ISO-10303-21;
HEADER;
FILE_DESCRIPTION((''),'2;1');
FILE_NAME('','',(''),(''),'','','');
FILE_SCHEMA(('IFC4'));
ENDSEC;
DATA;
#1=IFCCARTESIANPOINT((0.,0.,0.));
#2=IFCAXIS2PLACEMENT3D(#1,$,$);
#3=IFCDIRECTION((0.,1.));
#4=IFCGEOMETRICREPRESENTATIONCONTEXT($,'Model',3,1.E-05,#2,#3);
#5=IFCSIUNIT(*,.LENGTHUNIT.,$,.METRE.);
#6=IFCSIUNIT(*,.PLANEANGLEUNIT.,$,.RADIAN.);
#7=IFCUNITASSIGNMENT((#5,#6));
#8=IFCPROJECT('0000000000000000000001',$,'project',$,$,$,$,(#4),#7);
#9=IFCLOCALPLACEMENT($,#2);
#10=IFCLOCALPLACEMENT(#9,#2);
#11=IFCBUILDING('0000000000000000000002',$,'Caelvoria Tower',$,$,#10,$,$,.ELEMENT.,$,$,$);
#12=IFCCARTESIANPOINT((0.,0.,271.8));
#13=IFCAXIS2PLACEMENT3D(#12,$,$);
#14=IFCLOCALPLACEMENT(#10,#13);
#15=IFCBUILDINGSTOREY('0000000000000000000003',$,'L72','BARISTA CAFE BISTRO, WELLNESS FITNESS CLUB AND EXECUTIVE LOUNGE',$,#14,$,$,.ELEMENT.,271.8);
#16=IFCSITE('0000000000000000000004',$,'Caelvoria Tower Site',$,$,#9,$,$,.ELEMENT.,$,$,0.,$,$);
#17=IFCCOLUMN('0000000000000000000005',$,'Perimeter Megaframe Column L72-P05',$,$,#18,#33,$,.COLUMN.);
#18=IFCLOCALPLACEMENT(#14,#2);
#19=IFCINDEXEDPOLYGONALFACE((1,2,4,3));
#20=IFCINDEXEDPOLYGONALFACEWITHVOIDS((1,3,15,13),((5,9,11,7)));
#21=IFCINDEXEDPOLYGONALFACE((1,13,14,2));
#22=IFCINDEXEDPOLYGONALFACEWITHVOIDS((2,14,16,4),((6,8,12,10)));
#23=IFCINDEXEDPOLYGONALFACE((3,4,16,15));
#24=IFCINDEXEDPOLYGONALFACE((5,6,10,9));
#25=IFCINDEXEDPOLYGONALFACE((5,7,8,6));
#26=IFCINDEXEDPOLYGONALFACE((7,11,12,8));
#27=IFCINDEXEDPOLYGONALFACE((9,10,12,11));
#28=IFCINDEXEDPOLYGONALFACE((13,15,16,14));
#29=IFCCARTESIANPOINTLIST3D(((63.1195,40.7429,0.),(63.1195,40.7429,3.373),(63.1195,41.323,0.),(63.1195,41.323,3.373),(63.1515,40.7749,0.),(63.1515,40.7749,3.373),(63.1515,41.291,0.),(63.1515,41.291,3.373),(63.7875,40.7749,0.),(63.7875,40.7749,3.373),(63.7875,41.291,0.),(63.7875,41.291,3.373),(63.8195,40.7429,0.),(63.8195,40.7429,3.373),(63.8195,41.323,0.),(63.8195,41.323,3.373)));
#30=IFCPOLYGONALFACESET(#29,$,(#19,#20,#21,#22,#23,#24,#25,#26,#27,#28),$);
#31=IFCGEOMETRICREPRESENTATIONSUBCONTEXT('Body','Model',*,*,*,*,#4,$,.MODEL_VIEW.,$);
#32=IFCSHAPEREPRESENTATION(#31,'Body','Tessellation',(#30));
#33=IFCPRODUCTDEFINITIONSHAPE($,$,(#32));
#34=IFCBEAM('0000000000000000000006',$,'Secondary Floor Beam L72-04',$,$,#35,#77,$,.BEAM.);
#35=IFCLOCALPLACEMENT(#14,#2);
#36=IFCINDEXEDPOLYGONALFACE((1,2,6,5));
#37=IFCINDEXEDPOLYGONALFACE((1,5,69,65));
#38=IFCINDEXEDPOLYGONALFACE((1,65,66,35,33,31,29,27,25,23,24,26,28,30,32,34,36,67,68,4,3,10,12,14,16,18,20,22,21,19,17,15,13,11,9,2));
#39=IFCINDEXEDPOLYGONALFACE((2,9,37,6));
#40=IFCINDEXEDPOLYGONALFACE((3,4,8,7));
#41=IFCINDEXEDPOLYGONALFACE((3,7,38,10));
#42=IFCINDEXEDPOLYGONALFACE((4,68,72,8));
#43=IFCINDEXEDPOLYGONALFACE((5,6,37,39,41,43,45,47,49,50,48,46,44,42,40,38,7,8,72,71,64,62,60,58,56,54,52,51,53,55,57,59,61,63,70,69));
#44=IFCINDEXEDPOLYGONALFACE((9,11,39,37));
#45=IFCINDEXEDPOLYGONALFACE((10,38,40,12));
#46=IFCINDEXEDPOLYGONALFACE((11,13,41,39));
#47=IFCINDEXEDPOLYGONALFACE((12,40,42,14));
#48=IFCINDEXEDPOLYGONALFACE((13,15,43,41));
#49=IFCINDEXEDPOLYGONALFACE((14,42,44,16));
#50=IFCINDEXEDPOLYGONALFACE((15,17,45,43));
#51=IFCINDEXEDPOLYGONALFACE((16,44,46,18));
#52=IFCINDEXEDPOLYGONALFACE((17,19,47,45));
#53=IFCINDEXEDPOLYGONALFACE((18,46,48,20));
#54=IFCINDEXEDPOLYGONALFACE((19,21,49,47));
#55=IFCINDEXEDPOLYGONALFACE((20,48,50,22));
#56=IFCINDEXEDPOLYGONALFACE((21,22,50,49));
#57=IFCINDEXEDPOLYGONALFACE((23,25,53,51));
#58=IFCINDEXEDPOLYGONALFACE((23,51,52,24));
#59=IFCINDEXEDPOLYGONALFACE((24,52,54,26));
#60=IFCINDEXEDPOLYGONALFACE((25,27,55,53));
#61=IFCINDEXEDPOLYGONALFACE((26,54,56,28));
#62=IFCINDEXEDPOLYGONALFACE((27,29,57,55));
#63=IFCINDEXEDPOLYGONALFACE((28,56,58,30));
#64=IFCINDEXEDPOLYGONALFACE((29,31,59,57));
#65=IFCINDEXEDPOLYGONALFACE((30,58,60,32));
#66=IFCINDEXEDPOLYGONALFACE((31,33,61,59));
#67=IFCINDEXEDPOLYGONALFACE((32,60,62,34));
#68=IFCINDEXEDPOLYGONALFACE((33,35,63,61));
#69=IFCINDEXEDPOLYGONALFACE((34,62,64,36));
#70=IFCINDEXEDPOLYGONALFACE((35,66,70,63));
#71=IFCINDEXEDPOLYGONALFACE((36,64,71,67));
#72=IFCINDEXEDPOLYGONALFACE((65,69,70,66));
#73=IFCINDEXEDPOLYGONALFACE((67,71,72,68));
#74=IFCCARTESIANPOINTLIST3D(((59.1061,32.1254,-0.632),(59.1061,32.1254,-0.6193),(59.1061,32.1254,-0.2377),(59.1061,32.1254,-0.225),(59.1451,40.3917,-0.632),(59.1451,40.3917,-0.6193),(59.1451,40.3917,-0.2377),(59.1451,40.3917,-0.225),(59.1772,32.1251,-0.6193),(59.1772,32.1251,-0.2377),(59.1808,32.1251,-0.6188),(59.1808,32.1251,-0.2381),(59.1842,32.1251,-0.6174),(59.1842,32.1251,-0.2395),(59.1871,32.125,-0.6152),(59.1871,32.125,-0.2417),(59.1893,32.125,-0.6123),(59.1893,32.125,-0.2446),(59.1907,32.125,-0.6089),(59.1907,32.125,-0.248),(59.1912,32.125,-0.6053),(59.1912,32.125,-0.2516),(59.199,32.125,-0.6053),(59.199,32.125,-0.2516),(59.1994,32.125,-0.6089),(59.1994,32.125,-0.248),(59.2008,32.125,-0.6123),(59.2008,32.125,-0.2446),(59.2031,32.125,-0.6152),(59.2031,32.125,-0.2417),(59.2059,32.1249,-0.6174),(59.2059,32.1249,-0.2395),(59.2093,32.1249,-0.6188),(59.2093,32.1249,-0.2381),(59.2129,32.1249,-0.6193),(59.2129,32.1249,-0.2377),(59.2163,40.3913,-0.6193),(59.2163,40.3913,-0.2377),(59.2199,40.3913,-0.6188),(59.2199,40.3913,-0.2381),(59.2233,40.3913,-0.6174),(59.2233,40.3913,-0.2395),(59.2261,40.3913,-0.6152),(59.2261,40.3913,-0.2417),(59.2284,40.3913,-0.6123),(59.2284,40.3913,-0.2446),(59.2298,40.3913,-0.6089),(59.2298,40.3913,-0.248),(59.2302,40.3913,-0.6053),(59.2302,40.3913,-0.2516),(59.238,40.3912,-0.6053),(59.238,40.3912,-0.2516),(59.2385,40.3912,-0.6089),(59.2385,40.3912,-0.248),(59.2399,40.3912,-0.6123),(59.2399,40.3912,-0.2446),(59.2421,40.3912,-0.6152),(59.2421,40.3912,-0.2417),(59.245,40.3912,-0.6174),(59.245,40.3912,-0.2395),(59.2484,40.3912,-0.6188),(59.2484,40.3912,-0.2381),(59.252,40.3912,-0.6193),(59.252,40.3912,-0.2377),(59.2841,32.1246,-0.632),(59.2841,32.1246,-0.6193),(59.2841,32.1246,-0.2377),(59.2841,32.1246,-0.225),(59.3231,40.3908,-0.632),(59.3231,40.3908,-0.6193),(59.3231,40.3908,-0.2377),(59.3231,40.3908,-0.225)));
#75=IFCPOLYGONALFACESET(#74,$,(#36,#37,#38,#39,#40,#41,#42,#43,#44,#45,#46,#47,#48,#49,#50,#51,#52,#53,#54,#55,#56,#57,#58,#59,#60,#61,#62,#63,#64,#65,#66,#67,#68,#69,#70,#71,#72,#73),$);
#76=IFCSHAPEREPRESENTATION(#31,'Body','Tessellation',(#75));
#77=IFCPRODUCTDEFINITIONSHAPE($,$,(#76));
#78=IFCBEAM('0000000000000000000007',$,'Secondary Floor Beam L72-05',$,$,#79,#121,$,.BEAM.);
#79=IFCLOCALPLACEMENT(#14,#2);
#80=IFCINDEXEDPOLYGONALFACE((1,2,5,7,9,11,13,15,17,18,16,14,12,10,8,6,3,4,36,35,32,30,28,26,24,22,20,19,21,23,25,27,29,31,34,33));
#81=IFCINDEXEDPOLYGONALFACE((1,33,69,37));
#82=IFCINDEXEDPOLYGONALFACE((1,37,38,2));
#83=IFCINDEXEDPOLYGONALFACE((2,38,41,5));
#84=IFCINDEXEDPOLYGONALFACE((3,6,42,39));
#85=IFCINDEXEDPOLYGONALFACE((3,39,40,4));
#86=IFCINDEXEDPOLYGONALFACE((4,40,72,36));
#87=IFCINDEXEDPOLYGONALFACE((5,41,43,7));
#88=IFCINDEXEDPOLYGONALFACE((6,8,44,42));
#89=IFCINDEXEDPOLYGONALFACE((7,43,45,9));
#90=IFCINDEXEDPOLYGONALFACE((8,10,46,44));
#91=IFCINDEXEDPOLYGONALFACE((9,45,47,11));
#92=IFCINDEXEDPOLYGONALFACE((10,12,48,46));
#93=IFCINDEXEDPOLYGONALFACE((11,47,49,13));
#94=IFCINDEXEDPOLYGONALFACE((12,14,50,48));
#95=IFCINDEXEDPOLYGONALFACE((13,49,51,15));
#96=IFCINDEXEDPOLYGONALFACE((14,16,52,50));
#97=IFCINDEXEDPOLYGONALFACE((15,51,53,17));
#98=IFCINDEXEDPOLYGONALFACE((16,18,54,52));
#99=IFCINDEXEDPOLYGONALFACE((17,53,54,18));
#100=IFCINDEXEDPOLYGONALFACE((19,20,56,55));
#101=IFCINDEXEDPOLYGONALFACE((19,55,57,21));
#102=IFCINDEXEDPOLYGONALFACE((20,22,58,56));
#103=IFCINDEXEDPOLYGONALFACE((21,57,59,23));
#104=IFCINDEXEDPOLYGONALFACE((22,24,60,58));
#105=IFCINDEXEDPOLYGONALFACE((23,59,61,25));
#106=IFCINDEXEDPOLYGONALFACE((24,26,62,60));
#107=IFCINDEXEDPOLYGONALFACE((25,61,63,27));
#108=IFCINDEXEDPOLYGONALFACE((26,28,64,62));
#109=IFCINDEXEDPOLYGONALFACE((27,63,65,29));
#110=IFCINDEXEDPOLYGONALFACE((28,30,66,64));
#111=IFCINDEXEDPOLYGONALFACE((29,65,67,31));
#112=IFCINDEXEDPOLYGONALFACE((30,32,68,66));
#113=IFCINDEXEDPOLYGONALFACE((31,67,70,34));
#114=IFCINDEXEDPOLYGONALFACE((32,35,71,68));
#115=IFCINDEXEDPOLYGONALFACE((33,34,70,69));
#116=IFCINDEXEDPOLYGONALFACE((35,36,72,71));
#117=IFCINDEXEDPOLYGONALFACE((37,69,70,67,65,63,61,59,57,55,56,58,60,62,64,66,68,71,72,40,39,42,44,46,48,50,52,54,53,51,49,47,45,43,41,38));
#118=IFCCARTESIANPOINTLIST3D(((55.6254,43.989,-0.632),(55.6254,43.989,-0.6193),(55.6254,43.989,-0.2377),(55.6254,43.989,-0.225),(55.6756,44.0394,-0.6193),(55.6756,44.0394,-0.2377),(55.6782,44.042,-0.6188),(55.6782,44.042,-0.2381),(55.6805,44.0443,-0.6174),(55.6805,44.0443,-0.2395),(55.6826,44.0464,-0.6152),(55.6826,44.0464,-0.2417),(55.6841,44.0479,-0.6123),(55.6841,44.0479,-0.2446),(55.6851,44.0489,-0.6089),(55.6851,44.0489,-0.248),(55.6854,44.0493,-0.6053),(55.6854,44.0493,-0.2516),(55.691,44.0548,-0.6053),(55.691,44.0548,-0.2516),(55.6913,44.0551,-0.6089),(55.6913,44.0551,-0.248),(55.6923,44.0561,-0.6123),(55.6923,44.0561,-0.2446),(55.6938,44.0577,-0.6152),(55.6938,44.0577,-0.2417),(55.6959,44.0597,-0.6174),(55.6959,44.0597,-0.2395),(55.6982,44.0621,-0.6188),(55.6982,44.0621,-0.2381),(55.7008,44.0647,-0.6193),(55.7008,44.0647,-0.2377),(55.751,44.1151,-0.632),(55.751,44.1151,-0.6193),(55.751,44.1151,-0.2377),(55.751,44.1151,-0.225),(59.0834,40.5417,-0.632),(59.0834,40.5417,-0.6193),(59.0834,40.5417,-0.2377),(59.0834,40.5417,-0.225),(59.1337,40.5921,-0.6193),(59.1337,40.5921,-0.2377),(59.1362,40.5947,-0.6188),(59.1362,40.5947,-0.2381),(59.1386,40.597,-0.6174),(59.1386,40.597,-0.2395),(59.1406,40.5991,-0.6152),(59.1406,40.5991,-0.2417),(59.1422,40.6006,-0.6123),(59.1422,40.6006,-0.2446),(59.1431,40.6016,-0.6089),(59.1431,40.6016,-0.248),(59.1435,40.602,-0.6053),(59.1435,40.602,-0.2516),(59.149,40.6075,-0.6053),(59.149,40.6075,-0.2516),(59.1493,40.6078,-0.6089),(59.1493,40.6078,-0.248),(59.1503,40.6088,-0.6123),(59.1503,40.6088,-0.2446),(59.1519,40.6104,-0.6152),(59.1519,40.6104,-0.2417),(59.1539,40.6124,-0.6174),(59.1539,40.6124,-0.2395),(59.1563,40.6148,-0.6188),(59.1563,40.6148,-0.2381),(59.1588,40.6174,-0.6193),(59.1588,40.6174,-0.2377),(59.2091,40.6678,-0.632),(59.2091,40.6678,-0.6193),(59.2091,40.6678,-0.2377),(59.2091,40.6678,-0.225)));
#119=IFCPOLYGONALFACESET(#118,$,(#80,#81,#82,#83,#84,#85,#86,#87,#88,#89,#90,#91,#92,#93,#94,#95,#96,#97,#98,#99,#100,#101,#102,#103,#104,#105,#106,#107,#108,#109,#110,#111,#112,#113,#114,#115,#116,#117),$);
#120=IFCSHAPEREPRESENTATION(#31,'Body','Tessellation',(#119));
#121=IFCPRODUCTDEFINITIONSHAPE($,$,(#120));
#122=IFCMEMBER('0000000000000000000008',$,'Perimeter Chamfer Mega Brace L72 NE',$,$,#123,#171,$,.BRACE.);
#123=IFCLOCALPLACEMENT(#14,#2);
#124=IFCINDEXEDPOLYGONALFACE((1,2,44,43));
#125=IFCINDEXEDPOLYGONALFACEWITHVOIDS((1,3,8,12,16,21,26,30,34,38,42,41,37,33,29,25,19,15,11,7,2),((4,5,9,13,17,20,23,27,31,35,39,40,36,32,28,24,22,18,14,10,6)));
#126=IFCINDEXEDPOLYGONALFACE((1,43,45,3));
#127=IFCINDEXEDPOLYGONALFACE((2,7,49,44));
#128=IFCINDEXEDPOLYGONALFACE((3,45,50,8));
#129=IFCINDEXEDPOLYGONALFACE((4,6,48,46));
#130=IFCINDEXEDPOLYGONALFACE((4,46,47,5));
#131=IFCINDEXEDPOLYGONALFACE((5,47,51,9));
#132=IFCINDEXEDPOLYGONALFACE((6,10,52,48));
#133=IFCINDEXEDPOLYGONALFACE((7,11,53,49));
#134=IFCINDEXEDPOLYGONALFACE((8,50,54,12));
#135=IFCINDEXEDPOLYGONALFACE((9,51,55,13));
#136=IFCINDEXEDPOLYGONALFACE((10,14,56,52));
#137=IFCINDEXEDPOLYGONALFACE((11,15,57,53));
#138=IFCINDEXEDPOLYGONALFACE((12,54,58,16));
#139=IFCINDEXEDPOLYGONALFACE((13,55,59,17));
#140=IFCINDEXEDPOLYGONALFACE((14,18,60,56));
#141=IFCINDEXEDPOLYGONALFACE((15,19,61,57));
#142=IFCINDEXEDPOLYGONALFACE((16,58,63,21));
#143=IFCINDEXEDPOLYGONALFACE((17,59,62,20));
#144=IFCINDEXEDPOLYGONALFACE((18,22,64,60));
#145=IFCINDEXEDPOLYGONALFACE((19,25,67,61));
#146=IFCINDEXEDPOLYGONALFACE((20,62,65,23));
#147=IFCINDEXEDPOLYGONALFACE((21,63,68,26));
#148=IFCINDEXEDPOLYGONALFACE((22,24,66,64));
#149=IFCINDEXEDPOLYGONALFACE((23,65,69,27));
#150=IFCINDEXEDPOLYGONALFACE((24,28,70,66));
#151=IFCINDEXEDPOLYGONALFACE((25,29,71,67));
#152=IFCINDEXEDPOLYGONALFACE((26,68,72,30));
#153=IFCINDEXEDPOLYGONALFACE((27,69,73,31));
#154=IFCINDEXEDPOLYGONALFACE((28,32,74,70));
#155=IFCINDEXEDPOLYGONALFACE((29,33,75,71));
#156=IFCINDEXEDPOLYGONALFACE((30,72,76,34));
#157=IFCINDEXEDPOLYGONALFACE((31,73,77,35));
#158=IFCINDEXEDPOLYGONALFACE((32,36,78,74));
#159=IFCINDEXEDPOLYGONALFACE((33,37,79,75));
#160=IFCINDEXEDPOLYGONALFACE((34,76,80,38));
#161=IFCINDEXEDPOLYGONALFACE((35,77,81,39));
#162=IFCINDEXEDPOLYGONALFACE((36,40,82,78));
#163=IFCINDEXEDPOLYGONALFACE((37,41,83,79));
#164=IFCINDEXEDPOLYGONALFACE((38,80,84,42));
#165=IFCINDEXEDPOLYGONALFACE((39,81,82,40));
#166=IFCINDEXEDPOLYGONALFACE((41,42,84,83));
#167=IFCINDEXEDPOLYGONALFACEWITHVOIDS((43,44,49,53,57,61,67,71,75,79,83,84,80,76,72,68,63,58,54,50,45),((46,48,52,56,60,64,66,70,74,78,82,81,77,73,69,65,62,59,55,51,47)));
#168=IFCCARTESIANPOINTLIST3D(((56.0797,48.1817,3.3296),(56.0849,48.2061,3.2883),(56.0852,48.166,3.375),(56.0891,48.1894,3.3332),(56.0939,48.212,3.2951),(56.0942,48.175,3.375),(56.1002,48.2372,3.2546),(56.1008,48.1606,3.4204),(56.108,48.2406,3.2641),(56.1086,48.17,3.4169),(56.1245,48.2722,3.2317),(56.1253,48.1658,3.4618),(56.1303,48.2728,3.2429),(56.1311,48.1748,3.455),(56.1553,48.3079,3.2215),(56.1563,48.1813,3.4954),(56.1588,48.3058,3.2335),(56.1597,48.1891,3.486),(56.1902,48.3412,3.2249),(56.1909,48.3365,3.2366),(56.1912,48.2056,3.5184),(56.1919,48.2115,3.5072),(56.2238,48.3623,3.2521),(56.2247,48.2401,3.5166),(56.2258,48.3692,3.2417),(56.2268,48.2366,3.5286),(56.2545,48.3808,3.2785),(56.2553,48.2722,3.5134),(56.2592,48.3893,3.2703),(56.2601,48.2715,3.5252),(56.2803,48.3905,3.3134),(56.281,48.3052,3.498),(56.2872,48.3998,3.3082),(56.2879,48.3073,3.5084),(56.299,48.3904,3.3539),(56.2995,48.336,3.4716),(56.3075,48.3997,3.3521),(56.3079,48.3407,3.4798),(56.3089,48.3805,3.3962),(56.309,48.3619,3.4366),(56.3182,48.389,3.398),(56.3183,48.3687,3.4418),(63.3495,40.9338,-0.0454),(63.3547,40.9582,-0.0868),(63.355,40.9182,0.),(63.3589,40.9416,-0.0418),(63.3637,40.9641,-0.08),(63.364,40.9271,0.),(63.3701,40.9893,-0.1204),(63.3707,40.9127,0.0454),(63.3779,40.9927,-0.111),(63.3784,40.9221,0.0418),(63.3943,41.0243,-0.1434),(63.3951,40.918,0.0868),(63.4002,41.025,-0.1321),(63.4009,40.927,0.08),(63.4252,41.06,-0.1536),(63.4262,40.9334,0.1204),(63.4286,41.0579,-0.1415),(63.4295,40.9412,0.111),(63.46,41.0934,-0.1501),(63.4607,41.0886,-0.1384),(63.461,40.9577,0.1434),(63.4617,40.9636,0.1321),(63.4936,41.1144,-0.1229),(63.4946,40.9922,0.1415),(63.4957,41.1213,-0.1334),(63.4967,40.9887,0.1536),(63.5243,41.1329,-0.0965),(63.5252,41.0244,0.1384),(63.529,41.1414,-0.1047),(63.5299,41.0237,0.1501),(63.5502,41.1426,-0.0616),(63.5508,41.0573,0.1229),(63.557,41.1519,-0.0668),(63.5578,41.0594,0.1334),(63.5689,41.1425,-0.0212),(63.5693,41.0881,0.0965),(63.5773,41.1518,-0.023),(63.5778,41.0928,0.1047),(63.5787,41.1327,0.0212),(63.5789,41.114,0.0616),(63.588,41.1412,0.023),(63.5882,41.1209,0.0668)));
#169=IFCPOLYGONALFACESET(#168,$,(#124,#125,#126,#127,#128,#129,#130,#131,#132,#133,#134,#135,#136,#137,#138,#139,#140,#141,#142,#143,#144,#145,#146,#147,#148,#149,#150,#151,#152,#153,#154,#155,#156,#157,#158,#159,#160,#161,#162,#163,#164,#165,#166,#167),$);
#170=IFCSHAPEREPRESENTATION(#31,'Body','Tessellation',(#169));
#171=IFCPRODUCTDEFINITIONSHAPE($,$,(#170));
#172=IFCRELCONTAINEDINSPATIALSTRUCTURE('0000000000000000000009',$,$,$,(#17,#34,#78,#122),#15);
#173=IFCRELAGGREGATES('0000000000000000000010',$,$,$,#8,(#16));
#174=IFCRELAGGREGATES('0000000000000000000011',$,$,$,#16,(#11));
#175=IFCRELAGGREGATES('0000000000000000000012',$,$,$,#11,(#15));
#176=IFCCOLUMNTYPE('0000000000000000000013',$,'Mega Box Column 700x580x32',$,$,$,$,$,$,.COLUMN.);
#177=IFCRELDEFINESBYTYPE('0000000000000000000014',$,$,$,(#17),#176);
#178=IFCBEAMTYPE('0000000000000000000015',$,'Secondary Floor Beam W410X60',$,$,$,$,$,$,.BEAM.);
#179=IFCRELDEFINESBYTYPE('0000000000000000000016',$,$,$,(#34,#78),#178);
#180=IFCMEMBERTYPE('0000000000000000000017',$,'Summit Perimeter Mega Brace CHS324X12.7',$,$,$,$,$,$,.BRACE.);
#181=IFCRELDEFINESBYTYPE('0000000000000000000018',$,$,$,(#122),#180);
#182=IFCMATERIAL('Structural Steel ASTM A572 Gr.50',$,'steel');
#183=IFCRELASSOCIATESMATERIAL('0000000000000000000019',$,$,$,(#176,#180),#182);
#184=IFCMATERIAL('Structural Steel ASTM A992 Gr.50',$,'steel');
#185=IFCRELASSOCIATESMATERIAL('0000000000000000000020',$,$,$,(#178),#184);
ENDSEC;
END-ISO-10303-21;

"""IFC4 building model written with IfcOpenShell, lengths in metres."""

from ifc_helpers import new_model, si_unit, direction, frame, origin, origin_2d, place, context, subcontext, project, spatial, hollow_rectangle, hollow_circle, i_section, extrude, material, material_profile, profile_set, type_object, element, save


model = new_model("IFC4")

# Units and contexts
model_context = context("Model", 3, precision=1e-05, world=origin(), true_north=direction((0.0, 1.0)))
body_context = subcontext(model_context, "Body", "Model", "MODEL_VIEW")
ifc_project = project(units=[si_unit("LENGTHUNIT", "METRE"), si_unit("PLANEANGLEUNIT", "RADIAN")], contexts=[model_context])

# Site, building, storey
site_placement = place(None, origin())
site = spatial("IfcSite", under=ifc_project, at=site_placement, Name="Caelvoria Tower Site", CompositionType="ELEMENT", RefElevation=0.0)
building_placement = place(site_placement, origin())
building = spatial("IfcBuilding", under=site, at=building_placement, Name="Caelvoria Tower", CompositionType="ELEMENT")
storey_placement = place(building_placement, frame((0.0, 0.0, 271.8)))
storey = spatial("IfcBuildingStorey", under=building, at=storey_placement, Name="L72", Description="BARISTA CAFE BISTRO, WELLNESS FITNESS CLUB AND EXECUTIVE LOUNGE", CompositionType="ELEMENT", Elevation=271.8)

# Column
ifc_material_1 = material(Name="Structural Steel ASTM A572 Gr.50", Category="steel")
ifc_material_profile_1 = material_profile(ifc_material_1, hollow_rectangle(XDim=0.5801, YDim=0.7, WallThickness=0.032, at=origin_2d()), Name="Structural Steel ASTM A572 Gr.50")
ifc_profile_set_1 = profile_set([ifc_material_profile_1], Name="BOX700X580X32 - Structural Steel ASTM A572 Gr.50")
column_type = type_object("IfcColumnType", Name="Mega Box Column 700x580x32", PredefinedType="COLUMN", material=ifc_profile_set_1)
column_placement = place(storey_placement, frame((63.4695, 41.033, 0.0), z_axis=(0.0, 0.0, 1.0), x_axis=(0.0, 1.0, 0.0)))
element("IfcColumn", 1, at=column_placement, inside=storey, type_object=column_type, Name="Perimeter Megaframe Column L72-P05", PredefinedType="COLUMN", context=body_context, shape_type="SweptSolid", body=[
    extrude(hollow_rectangle(XDim=0.5801, YDim=0.7, WallThickness=0.032, at=origin_2d()), origin(), (0.0, 0.0, 1.0), 3.373),
])

# Beams
ifc_material_2 = material(Name="Structural Steel ASTM A992 Gr.50", Category="steel")
ifc_material_profile_2 = material_profile(ifc_material_2, i_section(OverallWidth=0.178, OverallDepth=0.407, WebThickness=0.0078, FlangeThickness=0.0127, FilletRadius=0.0139, at=origin_2d()), Name="Structural Steel ASTM A992 Gr.50")
ifc_profile_set_2 = profile_set([ifc_material_profile_2], Name="W410X60 - Structural Steel ASTM A992 Gr.50")
beam_type_1 = type_object("IfcBeamType", Name="Secondary Floor Beam W410X60", PredefinedType="BEAM", material=ifc_profile_set_2)
beam_1_placement = place(storey_placement, frame((59.1951, 32.125, -0.4285), z_axis=(0.004725, 0.999989, 0.0), x_axis=(-0.999989, 0.004725, 0.0)))
element("IfcBeam", 2, at=beam_1_placement, inside=storey, type_object=beam_type_1, Name="Secondary Floor Beam L72-04", PredefinedType="BEAM", context=body_context, shape_type="SweptSolid", body=[
    extrude(i_section(OverallWidth=0.178, OverallDepth=0.407, WebThickness=0.0078, FlangeThickness=0.0127, FilletRadius=0.0139, at=origin_2d()), origin(), (0.0, 0.0, 1.0), 8.2664),
])
beam_2_placement = place(storey_placement, frame((59.1462, 40.6047, -0.4285), z_axis=(-0.708206, 0.706006, 0.0), x_axis=(-0.706006, -0.708206, 0.0)))
element("IfcBeam", 3, at=beam_2_placement, inside=storey, type_object=beam_type_1, Name="Secondary Floor Beam L72-05", PredefinedType="BEAM", context=body_context, shape_type="SweptSolid", body=[
    extrude(i_section(OverallWidth=0.178, OverallDepth=0.407, WebThickness=0.0078, FlangeThickness=0.0127, FilletRadius=0.0139, at=origin_2d()), origin(), (0.0, 0.0, 1.0), 4.8828),
])

# Member
ifc_material_profile_3 = material_profile(ifc_material_1, hollow_circle(Radius=0.1621, WallThickness=0.0127, at=origin_2d()), Name="Structural Steel ASTM A572 Gr.50")
ifc_profile_set_3 = profile_set([ifc_material_profile_3], Name="CHS324X12.7 - Structural Steel ASTM A572 Gr.50")
member_type = type_object("IfcMemberType", Name="Summit Perimeter Mega Brace CHS324X12.7", PredefinedType="BRACE", material=ifc_profile_set_3)
member_1_placement = place(storey_placement, frame((63.4695, 41.033, 0.0), z_axis=(-0.67275, 0.670717, 0.312325), x_axis=(-0.706036, -0.708176, 0.0)))
element("IfcMember", 4, at=member_1_placement, inside=storey, type_object=member_type, Name="Perimeter Chamfer Mega Brace L72 NE", PredefinedType="BRACE", context=body_context, shape_type="SweptSolid", body=[
    extrude(hollow_circle(Radius=0.1621, WallThickness=0.0127, at=origin_2d()), origin(), (0.0, 0.0, 1.0), 10.8062),
])

save(model, "model.ifc")
